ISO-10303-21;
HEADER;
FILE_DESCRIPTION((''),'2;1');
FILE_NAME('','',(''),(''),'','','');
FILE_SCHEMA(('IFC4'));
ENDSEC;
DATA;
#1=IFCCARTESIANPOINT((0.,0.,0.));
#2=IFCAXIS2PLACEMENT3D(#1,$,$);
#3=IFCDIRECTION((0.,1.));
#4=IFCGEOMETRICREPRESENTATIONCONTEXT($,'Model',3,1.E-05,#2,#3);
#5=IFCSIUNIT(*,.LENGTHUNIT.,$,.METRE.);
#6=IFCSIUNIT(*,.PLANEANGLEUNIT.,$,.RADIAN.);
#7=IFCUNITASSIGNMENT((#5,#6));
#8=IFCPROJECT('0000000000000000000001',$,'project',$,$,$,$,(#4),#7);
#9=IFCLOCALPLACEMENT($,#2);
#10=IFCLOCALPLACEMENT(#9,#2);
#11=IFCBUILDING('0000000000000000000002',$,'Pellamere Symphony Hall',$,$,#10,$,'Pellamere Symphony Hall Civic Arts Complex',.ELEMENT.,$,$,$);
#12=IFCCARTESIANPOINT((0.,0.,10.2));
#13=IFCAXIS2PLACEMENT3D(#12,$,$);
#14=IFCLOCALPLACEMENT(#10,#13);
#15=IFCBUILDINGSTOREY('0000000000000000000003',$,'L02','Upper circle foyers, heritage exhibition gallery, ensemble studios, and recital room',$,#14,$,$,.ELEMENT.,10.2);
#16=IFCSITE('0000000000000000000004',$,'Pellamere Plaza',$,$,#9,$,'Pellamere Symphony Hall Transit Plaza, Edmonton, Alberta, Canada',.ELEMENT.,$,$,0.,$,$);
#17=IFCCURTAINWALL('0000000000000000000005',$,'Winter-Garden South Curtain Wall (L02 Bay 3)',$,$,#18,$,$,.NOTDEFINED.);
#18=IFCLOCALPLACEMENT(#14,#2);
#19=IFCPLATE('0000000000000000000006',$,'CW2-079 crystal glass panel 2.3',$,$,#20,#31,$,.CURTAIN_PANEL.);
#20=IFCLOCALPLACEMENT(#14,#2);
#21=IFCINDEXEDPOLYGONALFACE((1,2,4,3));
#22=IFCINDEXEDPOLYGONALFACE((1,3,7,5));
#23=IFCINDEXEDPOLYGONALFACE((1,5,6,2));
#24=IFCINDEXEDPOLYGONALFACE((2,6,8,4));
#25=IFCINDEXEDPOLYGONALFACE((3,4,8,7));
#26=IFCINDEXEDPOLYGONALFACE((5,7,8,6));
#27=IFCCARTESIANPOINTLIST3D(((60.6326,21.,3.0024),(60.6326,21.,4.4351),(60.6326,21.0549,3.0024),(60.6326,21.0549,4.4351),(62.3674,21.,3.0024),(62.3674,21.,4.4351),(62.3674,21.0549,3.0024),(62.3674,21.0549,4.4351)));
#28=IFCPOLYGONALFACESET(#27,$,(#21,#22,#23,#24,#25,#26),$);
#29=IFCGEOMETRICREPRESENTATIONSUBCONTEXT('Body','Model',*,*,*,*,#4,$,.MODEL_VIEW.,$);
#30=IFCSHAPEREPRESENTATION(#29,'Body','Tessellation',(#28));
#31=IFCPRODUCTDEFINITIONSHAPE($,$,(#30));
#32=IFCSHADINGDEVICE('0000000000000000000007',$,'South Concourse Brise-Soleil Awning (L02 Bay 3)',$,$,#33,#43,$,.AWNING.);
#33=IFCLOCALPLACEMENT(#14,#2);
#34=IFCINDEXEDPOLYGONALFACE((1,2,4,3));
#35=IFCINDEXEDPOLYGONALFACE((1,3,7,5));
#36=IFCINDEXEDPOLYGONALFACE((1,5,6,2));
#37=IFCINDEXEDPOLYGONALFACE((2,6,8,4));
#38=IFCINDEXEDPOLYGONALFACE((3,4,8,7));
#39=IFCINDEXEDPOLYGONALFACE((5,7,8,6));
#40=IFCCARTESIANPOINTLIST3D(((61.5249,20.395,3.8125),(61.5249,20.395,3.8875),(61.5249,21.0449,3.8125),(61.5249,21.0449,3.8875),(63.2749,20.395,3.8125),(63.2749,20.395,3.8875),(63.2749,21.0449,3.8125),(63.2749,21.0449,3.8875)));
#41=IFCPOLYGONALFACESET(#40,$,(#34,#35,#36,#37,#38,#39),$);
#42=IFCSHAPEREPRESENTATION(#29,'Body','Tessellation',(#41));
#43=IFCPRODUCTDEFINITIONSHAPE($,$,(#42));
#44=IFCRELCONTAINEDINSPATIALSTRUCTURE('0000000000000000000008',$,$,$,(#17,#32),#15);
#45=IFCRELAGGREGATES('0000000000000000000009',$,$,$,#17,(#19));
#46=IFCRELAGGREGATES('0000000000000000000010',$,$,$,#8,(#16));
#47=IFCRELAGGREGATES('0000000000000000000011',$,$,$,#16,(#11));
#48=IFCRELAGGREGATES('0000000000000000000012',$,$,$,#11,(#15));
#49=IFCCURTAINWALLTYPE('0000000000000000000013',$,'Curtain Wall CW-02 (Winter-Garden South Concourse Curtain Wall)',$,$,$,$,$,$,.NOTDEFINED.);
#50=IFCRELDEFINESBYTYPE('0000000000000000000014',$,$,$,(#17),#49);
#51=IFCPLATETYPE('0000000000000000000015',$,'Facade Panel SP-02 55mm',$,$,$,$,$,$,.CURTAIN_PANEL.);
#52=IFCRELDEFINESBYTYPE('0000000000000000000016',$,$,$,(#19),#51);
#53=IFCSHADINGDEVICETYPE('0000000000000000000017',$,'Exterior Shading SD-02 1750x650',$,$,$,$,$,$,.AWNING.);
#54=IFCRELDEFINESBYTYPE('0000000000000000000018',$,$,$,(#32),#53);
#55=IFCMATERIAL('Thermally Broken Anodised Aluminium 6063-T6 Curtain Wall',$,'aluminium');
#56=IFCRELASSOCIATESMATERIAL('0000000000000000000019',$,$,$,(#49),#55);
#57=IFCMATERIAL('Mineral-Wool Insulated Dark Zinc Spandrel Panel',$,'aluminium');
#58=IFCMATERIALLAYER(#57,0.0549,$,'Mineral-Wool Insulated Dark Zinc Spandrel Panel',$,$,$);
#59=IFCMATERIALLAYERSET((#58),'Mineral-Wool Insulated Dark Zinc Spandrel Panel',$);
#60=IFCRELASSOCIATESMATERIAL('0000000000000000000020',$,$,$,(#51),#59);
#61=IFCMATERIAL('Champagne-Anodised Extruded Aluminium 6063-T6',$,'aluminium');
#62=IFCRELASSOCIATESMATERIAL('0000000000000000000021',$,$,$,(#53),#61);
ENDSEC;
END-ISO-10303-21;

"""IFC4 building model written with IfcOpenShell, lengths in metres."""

from ifc_helpers import new_model, si_unit, direction, frame, origin, origin_2d, place, context, subcontext, project, spatial, polyline, rectangle, outline, extrude, material, layer, layer_set, type_object, element, aggregate, save


model = new_model("IFC4")

# Units and contexts
model_context = context("Model", 3, precision=1e-05, world=origin(), true_north=direction((0.0, 1.0)))
body_context = subcontext(model_context, "Body", "Model", "MODEL_VIEW")
ifc_project = project(units=[si_unit("LENGTHUNIT", "METRE"), si_unit("PLANEANGLEUNIT", "RADIAN")], contexts=[model_context])

# Site, building, storey
site_placement = place(None, origin())
site = spatial("IfcSite", under=ifc_project, at=site_placement, Name="Pellamere Plaza", LongName="Pellamere Symphony Hall Transit Plaza, Edmonton, Alberta, Canada", CompositionType="ELEMENT", RefElevation=0.0)
building_placement = place(site_placement, origin())
building = spatial("IfcBuilding", under=site, at=building_placement, Name="Pellamere Symphony Hall", LongName="Pellamere Symphony Hall Civic Arts Complex", CompositionType="ELEMENT")
storey_placement = place(building_placement, frame((0.0, 0.0, 10.2)))
storey = spatial("IfcBuildingStorey", under=building, at=storey_placement, Name="L02", Description="Upper circle foyers, heritage exhibition gallery, ensemble studios, and recital room", CompositionType="ELEMENT", Elevation=10.2)

# Curtain wall
ifc_material_1 = material(Name="Thermally Broken Anodised Aluminium 6063-T6 Curtain Wall", Category="aluminium")
curtain_wall_type = type_object("IfcCurtainWallType", Name="Curtain Wall CW-02 (Winter-Garden South Concourse Curtain Wall)", PredefinedType="NOTDEFINED", material=ifc_material_1)
curtain_wall_1_placement = place(storey_placement, origin())
curtain_wall_1 = element("IfcCurtainWall", 1, at=curtain_wall_1_placement, inside=storey, type_object=curtain_wall_type, Name="Winter-Garden South Curtain Wall (L02 Bay 3)", PredefinedType="NOTDEFINED")

# Plate
ifc_material_2 = material(Name="Mineral-Wool Insulated Dark Zinc Spandrel Panel", Category="aluminium")
ifc_layer_1 = layer(ifc_material_2, 0.0549, Name="Mineral-Wool Insulated Dark Zinc Spandrel Panel")
ifc_layer_set_1 = layer_set([ifc_layer_1], Name="Mineral-Wool Insulated Dark Zinc Spandrel Panel")
plate_type_1 = type_object("IfcPlateType", Name="Facade Panel SP-02 55mm", PredefinedType="CURTAIN_PANEL", material=ifc_layer_set_1)
plate_1_placement = place(storey_placement, frame((60.6326, 21.0, 3.0024), z_axis=(0.0, -1.0, 0.0), x_axis=(1.0, 0.0, 0.0)))
plate_1 = element("IfcPlate", 2, at=plate_1_placement, type_object=plate_type_1, Name="CW2-079 crystal glass panel 2.3", PredefinedType="CURTAIN_PANEL", context=body_context, shape_type="SweptSolid", body=[
    extrude(outline(polyline([(0.0, 0.0), (1.7349, 0.0), (1.7349, 1.4326), (0.0, 1.4326), (0.0, 0.0)])), origin(), (0.0, 0.0, -1.0), 0.0549),
])
aggregate(curtain_wall_1, [plate_1])

# Shading device
ifc_material_3 = material(Name="Champagne-Anodised Extruded Aluminium 6063-T6", Category="aluminium")
shading_device_type = type_object("IfcShadingDeviceType", Name="Exterior Shading SD-02 1750x650", PredefinedType="AWNING", material=ifc_material_3)
shading_device_placement = place(storey_placement, frame((62.3999, 20.72, 3.8125), z_axis=(0.0, 0.0, 1.0), x_axis=(1.0, 0.0, 0.0)))
element("IfcShadingDevice", 3, at=shading_device_placement, inside=storey, type_object=shading_device_type, Name="South Concourse Brise-Soleil Awning (L02 Bay 3)", PredefinedType="AWNING", context=body_context, shape_type="SweptSolid", body=[
    extrude(rectangle(XDim=1.75, YDim=0.6499, at=origin_2d()), origin(), (0.0, 0.0, 1.0), 0.075),
])

save(model, "model.ifc")
